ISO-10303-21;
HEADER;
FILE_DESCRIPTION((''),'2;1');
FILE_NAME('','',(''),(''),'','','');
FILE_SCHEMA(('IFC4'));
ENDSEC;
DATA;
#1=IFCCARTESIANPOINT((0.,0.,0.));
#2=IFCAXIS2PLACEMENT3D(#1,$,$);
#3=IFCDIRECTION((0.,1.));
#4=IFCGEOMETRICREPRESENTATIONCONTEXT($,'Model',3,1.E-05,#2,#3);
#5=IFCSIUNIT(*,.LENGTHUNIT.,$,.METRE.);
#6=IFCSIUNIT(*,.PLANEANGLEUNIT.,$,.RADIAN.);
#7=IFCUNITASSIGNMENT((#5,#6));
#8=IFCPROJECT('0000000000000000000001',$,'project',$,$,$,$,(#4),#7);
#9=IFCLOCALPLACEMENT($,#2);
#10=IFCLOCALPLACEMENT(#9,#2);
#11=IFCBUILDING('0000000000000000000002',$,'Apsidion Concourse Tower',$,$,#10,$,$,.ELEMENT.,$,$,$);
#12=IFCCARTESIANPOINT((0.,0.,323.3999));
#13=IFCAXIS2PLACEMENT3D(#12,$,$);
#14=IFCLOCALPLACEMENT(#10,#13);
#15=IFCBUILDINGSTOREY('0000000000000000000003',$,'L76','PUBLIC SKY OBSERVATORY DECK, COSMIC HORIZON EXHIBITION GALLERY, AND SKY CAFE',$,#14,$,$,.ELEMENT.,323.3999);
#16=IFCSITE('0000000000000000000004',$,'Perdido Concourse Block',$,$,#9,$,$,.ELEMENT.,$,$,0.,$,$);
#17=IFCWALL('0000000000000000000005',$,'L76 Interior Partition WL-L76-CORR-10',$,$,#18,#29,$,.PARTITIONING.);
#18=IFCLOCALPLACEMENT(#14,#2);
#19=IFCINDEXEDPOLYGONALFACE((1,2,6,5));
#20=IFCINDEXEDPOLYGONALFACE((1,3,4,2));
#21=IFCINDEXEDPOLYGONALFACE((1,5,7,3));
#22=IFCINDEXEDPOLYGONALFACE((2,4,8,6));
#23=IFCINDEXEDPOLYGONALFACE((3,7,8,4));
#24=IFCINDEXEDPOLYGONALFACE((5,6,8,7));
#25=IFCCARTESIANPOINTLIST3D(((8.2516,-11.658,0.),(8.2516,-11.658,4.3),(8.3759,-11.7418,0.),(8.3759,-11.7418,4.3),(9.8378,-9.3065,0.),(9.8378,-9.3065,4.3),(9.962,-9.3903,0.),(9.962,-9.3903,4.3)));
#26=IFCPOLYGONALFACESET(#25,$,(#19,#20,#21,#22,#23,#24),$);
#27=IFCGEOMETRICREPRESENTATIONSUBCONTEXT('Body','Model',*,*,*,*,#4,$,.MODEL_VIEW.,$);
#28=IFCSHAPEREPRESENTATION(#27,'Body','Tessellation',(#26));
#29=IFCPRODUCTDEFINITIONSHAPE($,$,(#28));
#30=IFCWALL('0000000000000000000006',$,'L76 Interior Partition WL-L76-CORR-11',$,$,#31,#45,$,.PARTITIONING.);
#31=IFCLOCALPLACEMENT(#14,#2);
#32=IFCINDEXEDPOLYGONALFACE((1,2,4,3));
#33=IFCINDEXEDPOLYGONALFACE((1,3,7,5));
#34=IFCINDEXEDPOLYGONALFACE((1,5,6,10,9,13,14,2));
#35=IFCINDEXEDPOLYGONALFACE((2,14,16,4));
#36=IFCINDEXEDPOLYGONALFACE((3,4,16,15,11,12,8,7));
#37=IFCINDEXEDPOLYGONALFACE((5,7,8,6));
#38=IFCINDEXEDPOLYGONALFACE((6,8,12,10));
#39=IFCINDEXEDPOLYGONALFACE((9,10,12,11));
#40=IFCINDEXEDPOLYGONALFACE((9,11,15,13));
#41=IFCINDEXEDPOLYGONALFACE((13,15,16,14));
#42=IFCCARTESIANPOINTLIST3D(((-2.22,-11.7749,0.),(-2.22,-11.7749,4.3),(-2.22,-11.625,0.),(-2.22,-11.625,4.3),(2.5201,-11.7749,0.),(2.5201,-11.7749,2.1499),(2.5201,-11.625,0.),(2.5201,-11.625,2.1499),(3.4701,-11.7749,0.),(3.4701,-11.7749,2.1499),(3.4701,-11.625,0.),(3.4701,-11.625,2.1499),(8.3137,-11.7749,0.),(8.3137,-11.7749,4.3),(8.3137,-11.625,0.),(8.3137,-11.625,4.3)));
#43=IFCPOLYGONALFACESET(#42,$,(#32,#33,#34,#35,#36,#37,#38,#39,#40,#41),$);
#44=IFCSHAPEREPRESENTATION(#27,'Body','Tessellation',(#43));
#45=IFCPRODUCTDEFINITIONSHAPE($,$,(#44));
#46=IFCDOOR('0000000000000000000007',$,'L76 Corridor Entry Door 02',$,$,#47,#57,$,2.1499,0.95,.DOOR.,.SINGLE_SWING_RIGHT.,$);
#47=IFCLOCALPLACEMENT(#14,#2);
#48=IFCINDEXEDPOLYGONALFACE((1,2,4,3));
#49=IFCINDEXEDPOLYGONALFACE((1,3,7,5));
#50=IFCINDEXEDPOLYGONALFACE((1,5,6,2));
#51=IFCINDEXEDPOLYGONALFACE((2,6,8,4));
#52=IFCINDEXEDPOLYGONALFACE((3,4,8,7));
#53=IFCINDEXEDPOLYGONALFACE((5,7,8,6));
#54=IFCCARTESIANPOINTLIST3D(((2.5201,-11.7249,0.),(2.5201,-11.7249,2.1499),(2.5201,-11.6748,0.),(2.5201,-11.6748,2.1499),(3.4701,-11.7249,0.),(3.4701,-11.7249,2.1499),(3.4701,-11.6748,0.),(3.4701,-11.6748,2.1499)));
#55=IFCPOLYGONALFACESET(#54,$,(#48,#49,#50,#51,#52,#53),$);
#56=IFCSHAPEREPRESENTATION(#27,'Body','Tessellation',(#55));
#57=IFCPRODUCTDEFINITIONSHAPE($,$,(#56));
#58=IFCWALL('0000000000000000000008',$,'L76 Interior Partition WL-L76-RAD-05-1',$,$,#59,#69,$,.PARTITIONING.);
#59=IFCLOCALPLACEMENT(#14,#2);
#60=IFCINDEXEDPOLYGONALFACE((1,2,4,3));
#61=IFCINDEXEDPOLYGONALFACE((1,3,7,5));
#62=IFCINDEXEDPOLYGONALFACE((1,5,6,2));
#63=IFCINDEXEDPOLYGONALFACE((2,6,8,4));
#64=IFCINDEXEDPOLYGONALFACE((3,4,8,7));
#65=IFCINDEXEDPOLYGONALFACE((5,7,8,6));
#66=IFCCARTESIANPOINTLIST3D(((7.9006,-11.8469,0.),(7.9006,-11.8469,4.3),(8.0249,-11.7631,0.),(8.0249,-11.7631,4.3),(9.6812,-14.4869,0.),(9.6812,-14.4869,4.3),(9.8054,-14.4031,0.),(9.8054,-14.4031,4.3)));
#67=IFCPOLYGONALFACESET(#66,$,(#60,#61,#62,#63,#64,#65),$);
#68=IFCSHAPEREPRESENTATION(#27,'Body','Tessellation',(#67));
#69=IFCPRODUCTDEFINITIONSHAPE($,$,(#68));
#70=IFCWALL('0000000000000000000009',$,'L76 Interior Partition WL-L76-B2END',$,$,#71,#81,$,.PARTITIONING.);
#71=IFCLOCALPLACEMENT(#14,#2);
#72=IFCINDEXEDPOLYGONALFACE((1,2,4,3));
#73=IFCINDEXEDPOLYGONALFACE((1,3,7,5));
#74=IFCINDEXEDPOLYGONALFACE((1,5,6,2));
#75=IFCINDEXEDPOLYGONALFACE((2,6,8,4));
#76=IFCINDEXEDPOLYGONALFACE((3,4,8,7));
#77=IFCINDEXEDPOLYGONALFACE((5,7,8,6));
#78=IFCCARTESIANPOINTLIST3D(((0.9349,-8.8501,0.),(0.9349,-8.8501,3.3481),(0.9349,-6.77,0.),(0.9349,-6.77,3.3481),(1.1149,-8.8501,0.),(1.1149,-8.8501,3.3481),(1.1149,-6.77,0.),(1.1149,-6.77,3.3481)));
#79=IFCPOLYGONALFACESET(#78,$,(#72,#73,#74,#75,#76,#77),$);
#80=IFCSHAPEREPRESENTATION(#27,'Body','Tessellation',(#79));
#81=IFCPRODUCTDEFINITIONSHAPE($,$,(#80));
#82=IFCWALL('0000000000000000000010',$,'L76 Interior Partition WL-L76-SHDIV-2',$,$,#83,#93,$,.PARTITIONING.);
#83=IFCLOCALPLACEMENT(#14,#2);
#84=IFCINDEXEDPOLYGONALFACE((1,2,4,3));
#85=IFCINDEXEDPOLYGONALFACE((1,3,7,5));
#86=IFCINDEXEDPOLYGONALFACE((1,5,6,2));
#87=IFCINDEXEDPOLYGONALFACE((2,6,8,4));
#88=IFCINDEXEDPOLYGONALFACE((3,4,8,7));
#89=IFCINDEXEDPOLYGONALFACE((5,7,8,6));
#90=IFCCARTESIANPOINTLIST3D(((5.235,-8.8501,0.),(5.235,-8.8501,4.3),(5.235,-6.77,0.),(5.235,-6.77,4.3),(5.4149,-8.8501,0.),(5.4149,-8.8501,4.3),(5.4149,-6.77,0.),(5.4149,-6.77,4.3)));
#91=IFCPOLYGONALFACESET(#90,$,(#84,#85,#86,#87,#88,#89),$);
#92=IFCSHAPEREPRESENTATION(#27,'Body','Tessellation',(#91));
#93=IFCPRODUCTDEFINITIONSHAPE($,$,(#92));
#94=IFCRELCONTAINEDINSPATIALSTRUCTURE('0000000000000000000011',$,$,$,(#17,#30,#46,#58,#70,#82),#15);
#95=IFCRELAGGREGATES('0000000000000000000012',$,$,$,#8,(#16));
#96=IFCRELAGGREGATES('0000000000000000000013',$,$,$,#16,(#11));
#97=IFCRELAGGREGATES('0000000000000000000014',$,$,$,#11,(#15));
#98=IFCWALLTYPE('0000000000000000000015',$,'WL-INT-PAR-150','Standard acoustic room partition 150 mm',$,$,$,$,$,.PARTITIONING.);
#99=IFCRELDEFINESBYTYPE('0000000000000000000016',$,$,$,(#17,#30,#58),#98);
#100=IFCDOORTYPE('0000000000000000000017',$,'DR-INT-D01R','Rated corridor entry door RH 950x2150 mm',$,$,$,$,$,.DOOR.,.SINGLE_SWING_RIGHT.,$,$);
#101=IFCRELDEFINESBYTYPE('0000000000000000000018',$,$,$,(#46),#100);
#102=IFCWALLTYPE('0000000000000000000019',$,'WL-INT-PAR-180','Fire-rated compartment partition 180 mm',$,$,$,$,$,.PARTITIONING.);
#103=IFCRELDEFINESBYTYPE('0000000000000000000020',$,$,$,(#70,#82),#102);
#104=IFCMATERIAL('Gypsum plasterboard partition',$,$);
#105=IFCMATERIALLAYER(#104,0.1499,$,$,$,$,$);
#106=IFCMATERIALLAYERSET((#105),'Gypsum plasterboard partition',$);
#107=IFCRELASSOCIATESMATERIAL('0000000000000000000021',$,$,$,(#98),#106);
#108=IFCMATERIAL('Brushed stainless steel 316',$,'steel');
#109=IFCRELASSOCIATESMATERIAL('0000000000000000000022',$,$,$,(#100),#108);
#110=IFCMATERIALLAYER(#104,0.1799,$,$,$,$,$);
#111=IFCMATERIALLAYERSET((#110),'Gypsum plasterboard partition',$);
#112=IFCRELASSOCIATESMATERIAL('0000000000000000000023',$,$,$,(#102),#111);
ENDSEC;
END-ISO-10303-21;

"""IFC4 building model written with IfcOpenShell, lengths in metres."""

from ifc_helpers import new_model, si_unit, direction, frame, frame_2d, origin, place, context, subcontext, project, spatial, rectangle, extrude, material, layer, layer_set, type_object, element, fill, save


model = new_model("IFC4")

# Units and contexts
model_context = context("Model", 3, precision=1e-05, world=origin(), true_north=direction((0.0, 1.0)))
body_context = subcontext(model_context, "Body", "Model", "MODEL_VIEW")
ifc_project = project(units=[si_unit("LENGTHUNIT", "METRE"), si_unit("PLANEANGLEUNIT", "RADIAN")], contexts=[model_context])

# Site, building, storey
site_placement = place(None, origin())
site = spatial("IfcSite", under=ifc_project, at=site_placement, Name="Perdido Concourse Block", CompositionType="ELEMENT", RefElevation=0.0)
building_placement = place(site_placement, origin())
building = spatial("IfcBuilding", under=site, at=building_placement, Name="Apsidion Concourse Tower", CompositionType="ELEMENT")
storey_placement = place(building_placement, frame((0.0, 0.0, 323.3999)))
storey = spatial("IfcBuildingStorey", under=building, at=storey_placement, Name="L76", Description="PUBLIC SKY OBSERVATORY DECK, COSMIC HORIZON EXHIBITION GALLERY, AND SKY CAFE", CompositionType="ELEMENT", Elevation=323.3999)

# Wall
ifc_material_1 = material(Name="Gypsum plasterboard partition")
ifc_layer_1 = layer(ifc_material_1, 0.1499)
ifc_layer_set_1 = layer_set([ifc_layer_1], Name="Gypsum plasterboard partition")
wall_type_1 = type_object("IfcWallType", Name="WL-INT-PAR-150", Description="Standard acoustic room partition 150 mm", PredefinedType="PARTITIONING", material=ifc_layer_set_1)
wall_1_placement = place(storey_placement, frame((9.8999, -9.3484, 0.0), z_axis=(0.0, 0.0, 1.0), x_axis=(-0.559201, -0.829032, 0.0)))
element("IfcWall", 1, at=wall_1_placement, inside=storey, type_object=wall_type_1, Name="L76 Interior Partition WL-L76-CORR-10", PredefinedType="PARTITIONING", context=body_context, shape_type="SweptSolid", body=[
    extrude(rectangle(XDim=2.8364, YDim=0.1499, at=frame_2d((1.4182, 0.0))), origin(), (0.0, 0.0, 1.0), 4.3),
])

# Wall, opening, door
wall_2_placement = place(storey_placement, frame((8.3137, -11.7, 0.0), z_axis=(0.0, 0.0, 1.0), x_axis=(-1.0, 0.0, 0.0)))
wall_2 = element("IfcWall", 2, at=wall_2_placement, inside=storey, type_object=wall_type_1, Name="L76 Interior Partition WL-L76-CORR-11", PredefinedType="PARTITIONING", context=body_context, shape_type="SweptSolid", body=[
    extrude(rectangle(XDim=10.5337, YDim=0.1499, at=frame_2d((5.2668, 0.0))), origin(), (0.0, 0.0, 1.0), 4.3),
])
opening_1_placement = place(wall_2_placement, frame((4.8435, 0.0, 0.0)))
opening_1 = element("IfcOpeningElement", 3, at=opening_1_placement, cuts=wall_2, PredefinedType="OPENING", context=body_context, shape_type="SweptSolid", body=[
    extrude(rectangle(XDim=0.95, YDim=2.1499, at=frame_2d((0.4751, 1.075))), frame((0.0, 0.085, 0.0), z_axis=(0.0, -1.0, 0.0), x_axis=(1.0, 0.0, 0.0)), (0.0, 0.0, 1.0), 0.1699),
])
ifc_material_2 = material(Name="Brushed stainless steel 316", Category="steel")
door_type_1 = type_object("IfcDoorType", Name="DR-INT-D01R", Description="Rated corridor entry door RH 950x2150 mm", OperationType="SINGLE_SWING_RIGHT", PredefinedType="DOOR", material=ifc_material_2)
door_1_placement = place(opening_1_placement, origin())
door_1 = element("IfcDoor", 4, at=door_1_placement, inside=storey, type_object=door_type_1, Name="L76 Corridor Entry Door 02", OperationType="SINGLE_SWING_RIGHT", OverallHeight=2.1499, OverallWidth=0.95, PredefinedType="DOOR", context=body_context, shape_type="SweptSolid", body=[
    extrude(rectangle(XDim=0.95, YDim=2.1499, at=frame_2d((0.4751, 1.075))), frame((0.0, 0.0249, 0.0), z_axis=(0.0, -1.0, 0.0), x_axis=(1.0, 0.0, 0.0)), (0.0, 0.0, 1.0), 0.05),
])
fill(opening_1, door_1)

# Walls
wall_3_placement = place(storey_placement, frame((7.9626, -11.8049, 0.0), z_axis=(0.0, 0.0, 1.0), x_axis=(0.559169, -0.829054, 0.0)))
element("IfcWall", 5, at=wall_3_placement, inside=storey, type_object=wall_type_1, Name="L76 Interior Partition WL-L76-RAD-05-1", PredefinedType="PARTITIONING", context=body_context, shape_type="SweptSolid", body=[
    extrude(rectangle(XDim=3.1843, YDim=0.1499, at=frame_2d((1.5923, 0.0))), origin(), (0.0, 0.0, 1.0), 4.3),
])
ifc_layer_2 = layer(ifc_material_1, 0.1799)
ifc_layer_set_2 = layer_set([ifc_layer_2], Name="Gypsum plasterboard partition")
wall_type_2 = type_object("IfcWallType", Name="WL-INT-PAR-180", Description="Fire-rated compartment partition 180 mm", PredefinedType="PARTITIONING", material=ifc_layer_set_2)
wall_4_placement = place(storey_placement, frame((1.0249, -8.8501, 0.0), z_axis=(0.0, 0.0, 1.0), x_axis=(0.0, 1.0, 0.0)))
element("IfcWall", 6, at=wall_4_placement, inside=storey, type_object=wall_type_2, Name="L76 Interior Partition WL-L76-B2END", PredefinedType="PARTITIONING", context=body_context, shape_type="SweptSolid", body=[
    extrude(rectangle(XDim=2.0801, YDim=0.1799, at=frame_2d((1.04, 0.0))), origin(), (0.0, 0.0, 1.0), 3.3481),
])
wall_5_placement = place(storey_placement, frame((5.325, -8.8501, 0.0), z_axis=(0.0, 0.0, 1.0), x_axis=(0.0, 1.0, 0.0)))
element("IfcWall", 7, at=wall_5_placement, inside=storey, type_object=wall_type_2, Name="L76 Interior Partition WL-L76-SHDIV-2", PredefinedType="PARTITIONING", context=body_context, shape_type="SweptSolid", body=[
    extrude(rectangle(XDim=2.0801, YDim=0.1799, at=frame_2d((1.04, 0.0))), origin(), (0.0, 0.0, 1.0), 4.3),
])

save(model, "model.ifc")
